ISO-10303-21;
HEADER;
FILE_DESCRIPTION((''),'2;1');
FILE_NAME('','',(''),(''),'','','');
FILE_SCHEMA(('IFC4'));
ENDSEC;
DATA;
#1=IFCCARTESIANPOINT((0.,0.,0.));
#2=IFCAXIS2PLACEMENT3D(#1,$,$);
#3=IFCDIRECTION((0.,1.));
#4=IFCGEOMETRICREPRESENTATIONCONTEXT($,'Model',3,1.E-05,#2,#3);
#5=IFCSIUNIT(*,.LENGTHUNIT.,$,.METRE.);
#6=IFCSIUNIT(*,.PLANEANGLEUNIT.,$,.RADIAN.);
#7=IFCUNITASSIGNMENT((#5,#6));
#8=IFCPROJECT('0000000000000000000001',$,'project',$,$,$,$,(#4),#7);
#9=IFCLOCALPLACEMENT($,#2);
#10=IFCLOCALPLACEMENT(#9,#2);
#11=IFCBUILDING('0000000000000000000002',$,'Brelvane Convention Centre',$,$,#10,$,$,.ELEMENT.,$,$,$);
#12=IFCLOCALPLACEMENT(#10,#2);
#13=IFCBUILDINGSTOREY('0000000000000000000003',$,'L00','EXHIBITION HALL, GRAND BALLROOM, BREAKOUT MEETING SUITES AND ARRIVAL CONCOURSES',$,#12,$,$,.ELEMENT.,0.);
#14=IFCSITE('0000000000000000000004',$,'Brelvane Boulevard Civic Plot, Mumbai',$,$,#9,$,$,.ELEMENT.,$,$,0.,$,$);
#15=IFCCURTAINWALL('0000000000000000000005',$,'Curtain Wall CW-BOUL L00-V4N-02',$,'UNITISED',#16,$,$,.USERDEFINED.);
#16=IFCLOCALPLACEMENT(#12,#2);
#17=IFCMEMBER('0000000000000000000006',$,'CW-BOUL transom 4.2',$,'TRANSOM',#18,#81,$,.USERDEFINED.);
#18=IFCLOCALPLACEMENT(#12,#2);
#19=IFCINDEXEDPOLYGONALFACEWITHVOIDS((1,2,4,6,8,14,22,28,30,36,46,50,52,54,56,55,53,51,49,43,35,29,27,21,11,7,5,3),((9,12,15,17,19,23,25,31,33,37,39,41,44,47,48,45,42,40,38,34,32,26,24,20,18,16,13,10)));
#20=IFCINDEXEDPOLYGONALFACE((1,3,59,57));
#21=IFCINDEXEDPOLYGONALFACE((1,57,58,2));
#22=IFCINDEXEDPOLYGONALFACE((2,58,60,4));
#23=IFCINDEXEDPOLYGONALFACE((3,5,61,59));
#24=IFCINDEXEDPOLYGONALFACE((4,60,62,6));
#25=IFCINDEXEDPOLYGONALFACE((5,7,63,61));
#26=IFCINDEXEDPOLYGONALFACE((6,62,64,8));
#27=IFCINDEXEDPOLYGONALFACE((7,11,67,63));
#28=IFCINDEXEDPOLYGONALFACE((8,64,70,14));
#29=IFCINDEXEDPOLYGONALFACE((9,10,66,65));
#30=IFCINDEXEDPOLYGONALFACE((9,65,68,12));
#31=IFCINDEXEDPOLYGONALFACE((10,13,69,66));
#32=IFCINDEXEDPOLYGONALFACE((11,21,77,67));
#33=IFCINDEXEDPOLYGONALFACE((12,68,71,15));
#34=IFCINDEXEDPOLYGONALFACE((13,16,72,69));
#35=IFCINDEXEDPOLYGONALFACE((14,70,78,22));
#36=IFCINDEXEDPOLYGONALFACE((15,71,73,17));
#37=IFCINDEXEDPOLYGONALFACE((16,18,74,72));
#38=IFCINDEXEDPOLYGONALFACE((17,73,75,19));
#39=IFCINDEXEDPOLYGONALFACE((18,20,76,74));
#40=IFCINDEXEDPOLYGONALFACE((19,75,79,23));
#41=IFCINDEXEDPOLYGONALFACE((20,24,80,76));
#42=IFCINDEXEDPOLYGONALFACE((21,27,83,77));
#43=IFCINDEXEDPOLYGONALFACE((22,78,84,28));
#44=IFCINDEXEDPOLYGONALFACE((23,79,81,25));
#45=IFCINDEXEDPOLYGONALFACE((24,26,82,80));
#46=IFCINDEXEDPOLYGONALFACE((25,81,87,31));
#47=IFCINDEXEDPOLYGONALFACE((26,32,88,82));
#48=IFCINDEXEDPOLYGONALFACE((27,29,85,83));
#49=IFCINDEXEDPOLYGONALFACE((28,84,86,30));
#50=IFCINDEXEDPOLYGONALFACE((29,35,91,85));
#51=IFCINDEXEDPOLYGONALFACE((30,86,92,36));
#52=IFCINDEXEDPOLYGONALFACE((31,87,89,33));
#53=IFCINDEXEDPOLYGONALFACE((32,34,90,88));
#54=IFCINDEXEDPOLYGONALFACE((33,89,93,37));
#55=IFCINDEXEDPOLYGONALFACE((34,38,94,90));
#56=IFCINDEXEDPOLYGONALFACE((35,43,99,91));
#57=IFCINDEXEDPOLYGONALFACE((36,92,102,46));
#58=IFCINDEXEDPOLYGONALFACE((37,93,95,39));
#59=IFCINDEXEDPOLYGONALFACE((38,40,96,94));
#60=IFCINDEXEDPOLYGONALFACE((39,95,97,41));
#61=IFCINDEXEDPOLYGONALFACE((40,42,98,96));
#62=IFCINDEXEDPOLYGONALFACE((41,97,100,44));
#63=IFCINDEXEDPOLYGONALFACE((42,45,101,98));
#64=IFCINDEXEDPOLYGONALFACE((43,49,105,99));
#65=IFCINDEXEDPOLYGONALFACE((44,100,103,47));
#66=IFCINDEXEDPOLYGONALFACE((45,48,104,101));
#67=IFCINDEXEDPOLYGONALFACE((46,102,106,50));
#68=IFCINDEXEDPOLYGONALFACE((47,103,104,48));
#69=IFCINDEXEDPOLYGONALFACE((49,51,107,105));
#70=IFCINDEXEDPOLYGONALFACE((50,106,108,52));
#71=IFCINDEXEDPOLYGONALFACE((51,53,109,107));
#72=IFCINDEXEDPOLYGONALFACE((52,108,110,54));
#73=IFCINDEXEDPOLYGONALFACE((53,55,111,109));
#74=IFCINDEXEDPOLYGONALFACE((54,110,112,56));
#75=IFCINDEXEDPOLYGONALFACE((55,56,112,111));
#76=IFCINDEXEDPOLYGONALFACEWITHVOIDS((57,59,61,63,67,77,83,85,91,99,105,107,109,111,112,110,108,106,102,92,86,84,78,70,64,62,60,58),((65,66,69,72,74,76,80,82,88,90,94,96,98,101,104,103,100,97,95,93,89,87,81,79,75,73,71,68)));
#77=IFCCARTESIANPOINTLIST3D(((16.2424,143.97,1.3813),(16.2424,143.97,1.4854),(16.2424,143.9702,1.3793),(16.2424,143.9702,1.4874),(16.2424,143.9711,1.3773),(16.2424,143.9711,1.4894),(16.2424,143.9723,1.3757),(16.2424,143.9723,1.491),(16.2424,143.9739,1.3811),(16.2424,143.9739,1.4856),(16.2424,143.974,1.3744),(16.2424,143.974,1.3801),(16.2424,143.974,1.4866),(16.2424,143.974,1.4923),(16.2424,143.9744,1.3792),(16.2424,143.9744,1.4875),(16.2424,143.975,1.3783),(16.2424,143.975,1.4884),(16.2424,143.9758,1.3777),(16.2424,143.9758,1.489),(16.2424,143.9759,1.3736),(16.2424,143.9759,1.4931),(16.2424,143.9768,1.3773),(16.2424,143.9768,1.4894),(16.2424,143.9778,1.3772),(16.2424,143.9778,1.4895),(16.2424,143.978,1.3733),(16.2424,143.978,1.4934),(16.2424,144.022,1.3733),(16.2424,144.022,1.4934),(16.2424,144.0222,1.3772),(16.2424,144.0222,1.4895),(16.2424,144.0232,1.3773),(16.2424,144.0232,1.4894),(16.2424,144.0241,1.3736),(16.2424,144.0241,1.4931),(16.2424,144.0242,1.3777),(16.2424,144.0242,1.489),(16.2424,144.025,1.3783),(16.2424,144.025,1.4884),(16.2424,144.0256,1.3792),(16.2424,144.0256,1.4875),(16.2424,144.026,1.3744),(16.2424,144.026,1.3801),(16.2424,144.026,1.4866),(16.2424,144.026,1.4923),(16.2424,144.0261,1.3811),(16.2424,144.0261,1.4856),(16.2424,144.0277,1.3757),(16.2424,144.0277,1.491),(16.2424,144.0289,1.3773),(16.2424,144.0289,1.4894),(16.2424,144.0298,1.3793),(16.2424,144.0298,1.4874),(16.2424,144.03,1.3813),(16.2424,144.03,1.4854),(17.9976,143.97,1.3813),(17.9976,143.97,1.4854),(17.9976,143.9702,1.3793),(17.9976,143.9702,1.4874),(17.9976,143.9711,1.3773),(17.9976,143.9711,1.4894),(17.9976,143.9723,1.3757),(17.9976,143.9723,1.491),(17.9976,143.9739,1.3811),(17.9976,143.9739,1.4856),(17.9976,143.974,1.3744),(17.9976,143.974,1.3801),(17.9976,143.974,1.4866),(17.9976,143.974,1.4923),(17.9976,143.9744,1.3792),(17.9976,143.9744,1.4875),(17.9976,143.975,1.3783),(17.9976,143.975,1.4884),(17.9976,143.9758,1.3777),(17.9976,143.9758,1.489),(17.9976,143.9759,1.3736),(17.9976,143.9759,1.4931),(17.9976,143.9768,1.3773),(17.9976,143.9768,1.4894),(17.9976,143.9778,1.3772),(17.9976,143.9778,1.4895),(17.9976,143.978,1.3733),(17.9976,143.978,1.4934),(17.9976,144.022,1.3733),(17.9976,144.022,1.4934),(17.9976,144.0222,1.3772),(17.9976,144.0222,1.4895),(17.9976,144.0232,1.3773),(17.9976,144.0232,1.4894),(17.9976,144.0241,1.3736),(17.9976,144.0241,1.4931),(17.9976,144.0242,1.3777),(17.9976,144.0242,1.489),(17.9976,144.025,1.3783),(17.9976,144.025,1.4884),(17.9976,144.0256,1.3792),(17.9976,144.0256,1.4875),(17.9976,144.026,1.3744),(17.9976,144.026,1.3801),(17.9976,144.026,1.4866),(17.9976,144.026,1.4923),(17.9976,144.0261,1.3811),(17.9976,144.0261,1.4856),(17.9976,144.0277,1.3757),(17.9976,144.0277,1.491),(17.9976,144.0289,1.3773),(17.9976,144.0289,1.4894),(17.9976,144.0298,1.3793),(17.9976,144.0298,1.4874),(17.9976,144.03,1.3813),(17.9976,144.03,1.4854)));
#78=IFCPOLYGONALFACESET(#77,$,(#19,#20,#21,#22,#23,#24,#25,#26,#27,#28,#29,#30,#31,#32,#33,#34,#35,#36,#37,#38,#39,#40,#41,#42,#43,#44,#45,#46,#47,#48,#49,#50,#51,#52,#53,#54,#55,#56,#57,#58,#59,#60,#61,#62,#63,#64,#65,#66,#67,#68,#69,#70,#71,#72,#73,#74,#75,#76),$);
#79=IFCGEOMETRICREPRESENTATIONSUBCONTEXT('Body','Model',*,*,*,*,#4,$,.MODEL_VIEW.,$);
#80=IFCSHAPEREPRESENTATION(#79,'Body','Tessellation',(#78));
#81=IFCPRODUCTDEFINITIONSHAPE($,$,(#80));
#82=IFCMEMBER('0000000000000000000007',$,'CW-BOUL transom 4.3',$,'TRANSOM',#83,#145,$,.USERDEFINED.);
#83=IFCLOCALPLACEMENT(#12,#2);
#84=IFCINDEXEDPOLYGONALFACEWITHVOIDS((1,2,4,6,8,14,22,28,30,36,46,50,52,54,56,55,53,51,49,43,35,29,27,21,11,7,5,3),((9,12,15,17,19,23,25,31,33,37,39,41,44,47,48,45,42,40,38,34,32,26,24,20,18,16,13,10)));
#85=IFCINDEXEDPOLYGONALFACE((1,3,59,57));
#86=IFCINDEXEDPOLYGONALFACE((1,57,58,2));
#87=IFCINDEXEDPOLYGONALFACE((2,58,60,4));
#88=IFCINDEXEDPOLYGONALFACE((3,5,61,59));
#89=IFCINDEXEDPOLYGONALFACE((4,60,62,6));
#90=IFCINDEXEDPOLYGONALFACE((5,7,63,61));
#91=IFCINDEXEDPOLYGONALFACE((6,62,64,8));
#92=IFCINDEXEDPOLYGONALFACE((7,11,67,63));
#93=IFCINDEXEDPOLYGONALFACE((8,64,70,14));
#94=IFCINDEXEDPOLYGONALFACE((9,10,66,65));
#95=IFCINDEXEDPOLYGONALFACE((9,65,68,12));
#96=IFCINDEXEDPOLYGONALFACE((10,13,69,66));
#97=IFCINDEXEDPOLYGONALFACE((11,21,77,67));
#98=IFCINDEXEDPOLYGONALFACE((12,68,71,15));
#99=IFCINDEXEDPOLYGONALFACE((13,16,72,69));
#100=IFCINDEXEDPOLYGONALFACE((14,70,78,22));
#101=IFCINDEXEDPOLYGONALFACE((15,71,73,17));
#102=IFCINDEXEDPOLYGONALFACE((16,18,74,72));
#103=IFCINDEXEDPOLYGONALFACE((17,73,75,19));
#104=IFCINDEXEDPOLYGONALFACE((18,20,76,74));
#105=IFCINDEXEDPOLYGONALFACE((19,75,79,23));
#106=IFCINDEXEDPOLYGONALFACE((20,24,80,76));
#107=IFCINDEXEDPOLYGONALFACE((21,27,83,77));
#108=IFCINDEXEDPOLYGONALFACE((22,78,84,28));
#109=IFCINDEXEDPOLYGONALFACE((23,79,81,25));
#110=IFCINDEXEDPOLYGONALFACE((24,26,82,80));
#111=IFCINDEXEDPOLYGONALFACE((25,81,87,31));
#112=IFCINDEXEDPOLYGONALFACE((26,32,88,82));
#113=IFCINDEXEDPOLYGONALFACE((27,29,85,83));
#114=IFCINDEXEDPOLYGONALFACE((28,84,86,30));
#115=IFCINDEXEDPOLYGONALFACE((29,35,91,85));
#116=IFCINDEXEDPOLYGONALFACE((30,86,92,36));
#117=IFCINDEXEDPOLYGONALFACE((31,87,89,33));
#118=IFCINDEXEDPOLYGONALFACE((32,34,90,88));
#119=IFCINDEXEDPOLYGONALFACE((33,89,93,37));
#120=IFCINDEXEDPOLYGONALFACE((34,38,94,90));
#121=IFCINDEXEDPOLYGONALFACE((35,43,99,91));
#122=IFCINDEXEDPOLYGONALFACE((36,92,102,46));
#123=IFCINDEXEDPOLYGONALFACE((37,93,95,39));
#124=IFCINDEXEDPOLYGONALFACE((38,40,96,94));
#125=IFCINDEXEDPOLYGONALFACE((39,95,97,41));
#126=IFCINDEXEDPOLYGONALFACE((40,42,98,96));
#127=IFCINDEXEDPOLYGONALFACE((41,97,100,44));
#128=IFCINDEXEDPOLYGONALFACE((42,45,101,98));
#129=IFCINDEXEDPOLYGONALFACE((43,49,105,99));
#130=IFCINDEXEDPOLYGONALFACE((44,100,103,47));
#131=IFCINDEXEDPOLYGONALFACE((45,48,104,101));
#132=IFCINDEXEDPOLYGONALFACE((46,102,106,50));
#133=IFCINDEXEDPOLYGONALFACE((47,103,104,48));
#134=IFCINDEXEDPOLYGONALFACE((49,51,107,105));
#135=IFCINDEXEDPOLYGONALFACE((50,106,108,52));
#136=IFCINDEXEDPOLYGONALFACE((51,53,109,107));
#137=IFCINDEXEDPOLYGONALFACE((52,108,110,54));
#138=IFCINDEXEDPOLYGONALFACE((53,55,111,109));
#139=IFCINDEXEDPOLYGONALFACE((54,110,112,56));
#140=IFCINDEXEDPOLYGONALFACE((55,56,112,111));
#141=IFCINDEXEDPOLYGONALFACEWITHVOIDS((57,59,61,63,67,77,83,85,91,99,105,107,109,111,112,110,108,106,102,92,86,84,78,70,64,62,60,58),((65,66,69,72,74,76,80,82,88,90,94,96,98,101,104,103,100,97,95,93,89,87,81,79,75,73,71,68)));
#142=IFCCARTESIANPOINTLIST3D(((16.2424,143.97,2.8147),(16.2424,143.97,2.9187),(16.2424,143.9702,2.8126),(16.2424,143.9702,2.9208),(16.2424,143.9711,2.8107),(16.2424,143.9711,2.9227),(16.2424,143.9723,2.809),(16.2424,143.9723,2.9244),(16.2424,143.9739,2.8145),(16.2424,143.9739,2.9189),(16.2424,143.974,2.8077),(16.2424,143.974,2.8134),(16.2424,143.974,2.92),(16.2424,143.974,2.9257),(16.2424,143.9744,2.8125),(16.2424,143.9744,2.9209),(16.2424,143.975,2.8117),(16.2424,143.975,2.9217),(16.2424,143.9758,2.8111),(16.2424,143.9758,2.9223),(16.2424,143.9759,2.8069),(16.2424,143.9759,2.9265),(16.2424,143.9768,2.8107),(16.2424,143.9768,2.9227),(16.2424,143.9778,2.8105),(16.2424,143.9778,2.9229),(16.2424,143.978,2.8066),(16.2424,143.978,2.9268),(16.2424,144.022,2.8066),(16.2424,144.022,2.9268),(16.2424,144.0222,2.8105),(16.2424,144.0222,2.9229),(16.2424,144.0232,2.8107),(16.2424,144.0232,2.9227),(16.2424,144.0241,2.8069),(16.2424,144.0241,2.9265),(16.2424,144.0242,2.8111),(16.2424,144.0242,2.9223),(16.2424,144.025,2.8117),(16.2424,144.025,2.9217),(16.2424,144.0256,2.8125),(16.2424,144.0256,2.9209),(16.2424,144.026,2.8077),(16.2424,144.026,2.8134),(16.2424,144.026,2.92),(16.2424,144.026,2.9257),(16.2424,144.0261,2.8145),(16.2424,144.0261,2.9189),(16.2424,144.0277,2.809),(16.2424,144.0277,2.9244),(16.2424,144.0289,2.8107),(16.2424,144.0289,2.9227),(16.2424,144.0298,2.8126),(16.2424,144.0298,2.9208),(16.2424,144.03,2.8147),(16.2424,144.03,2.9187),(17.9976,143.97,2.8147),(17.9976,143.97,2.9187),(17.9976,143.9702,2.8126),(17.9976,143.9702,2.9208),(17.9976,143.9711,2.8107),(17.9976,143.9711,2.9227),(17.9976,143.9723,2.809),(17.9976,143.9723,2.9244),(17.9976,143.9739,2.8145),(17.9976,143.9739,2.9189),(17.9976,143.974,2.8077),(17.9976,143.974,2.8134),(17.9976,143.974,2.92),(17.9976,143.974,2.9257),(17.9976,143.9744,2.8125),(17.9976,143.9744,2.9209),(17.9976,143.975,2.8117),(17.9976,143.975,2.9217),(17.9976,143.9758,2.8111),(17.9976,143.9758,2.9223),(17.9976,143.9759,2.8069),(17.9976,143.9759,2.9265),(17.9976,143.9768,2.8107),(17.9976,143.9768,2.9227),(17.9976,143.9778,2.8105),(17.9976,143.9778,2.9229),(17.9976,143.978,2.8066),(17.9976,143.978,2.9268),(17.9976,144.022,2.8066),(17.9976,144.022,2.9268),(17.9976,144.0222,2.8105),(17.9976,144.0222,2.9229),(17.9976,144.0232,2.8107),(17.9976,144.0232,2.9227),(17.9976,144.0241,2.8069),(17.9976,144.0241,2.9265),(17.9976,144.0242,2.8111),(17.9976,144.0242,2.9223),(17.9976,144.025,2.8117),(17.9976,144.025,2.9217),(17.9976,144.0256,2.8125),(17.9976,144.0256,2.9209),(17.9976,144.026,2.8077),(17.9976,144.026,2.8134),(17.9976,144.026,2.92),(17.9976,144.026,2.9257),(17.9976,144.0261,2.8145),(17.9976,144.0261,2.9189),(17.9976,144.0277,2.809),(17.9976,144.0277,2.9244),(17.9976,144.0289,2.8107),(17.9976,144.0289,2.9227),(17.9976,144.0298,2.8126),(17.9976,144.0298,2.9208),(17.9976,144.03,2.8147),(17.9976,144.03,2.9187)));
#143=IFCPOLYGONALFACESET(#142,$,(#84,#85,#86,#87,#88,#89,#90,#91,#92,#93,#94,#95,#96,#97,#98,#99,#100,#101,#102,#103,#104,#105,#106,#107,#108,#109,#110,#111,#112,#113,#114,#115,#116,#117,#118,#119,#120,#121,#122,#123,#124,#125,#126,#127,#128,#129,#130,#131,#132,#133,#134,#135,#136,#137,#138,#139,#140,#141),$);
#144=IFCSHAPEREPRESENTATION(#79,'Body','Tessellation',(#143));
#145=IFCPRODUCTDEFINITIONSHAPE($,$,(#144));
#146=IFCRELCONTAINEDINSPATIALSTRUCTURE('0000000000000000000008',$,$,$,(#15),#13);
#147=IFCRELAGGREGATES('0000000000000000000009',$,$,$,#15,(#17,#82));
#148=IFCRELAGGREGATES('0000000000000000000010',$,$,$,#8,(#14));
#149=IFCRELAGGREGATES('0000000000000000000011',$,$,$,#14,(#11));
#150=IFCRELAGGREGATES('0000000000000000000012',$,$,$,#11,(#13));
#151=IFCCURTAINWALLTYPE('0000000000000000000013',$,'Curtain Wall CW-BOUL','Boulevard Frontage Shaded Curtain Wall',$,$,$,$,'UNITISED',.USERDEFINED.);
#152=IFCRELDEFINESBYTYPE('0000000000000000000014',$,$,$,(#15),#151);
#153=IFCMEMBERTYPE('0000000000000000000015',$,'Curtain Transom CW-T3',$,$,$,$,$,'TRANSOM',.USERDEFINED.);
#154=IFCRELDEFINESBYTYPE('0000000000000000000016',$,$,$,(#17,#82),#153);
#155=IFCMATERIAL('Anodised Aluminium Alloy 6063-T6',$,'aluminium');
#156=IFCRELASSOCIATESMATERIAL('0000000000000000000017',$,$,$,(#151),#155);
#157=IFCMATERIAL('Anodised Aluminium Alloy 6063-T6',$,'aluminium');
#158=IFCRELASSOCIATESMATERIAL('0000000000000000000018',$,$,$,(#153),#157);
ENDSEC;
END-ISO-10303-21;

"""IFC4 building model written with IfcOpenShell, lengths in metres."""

from ifc_helpers import new_model, si_unit, direction, frame, origin, origin_2d, place, context, subcontext, project, spatial, hollow_rectangle, extrude, material, material_profile, profile_set, type_object, element, aggregate, save


model = new_model("IFC4")

# Units and contexts
model_context = context("Model", 3, precision=1e-05, world=origin(), true_north=direction((0.0, 1.0)))
body_context = subcontext(model_context, "Body", "Model", "MODEL_VIEW")
ifc_project = project(units=[si_unit("LENGTHUNIT", "METRE"), si_unit("PLANEANGLEUNIT", "RADIAN")], contexts=[model_context])

# Site, building, storey
site_placement = place(None, origin())
site = spatial("IfcSite", under=ifc_project, at=site_placement, Name="Brelvane Boulevard Civic Plot, Mumbai", CompositionType="ELEMENT", RefElevation=0.0)
building_placement = place(site_placement, origin())
building = spatial("IfcBuilding", under=site, at=building_placement, Name="Brelvane Convention Centre", CompositionType="ELEMENT")
storey_placement = place(building_placement, origin())
storey = spatial("IfcBuildingStorey", under=building, at=storey_placement, Name="L00", Description="EXHIBITION HALL, GRAND BALLROOM, BREAKOUT MEETING SUITES AND ARRIVAL CONCOURSES", CompositionType="ELEMENT", Elevation=0.0)

# Curtain wall, members
ifc_material_1 = material(Name="Anodised Aluminium Alloy 6063-T6", Category="aluminium")
curtain_wall_type = type_object("IfcCurtainWallType", Name="Curtain Wall CW-BOUL", Description="Boulevard Frontage Shaded Curtain Wall", ElementType="UNITISED", PredefinedType="USERDEFINED", material=ifc_material_1)
curtain_wall_placement = place(storey_placement, origin())
curtain_wall = element("IfcCurtainWall", 1, at=curtain_wall_placement, inside=storey, type_object=curtain_wall_type, Name="Curtain Wall CW-BOUL L00-V4N-02", ObjectType="UNITISED", PredefinedType="USERDEFINED")
ifc_material_2 = material(Name="Anodised Aluminium Alloy 6063-T6", Category="aluminium")
ifc_material_profile_1 = material_profile(ifc_material_2, hollow_rectangle(XDim=0.0601, YDim=0.1201, WallThickness=0.0039, InnerFilletRadius=0.0039, OuterFilletRadius=0.0081, at=origin_2d()), Name="ALU-T 120x60x4.0")
ifc_profile_set_1 = profile_set([ifc_material_profile_1], Name="Anodised Aluminium Alloy 6063-T6")
member_type_1 = type_object("IfcMemberType", Name="Curtain Transom CW-T3", ElementType="TRANSOM", PredefinedType="USERDEFINED", material=ifc_profile_set_1)
member_1_placement = place(storey_placement, frame((16.2424, 144.0, 1.4333), z_axis=(1.0, 0.0, 0.0), x_axis=(0.0, 1.0, 0.0)))
member_1 = element("IfcMember", 2, at=member_1_placement, type_object=member_type_1, Name="CW-BOUL transom 4.2", ObjectType="TRANSOM", PredefinedType="USERDEFINED", context=body_context, shape_type="SweptSolid", body=[
    extrude(hollow_rectangle(XDim=0.0601, YDim=0.1201, WallThickness=0.0039, InnerFilletRadius=0.0039, OuterFilletRadius=0.0081, at=origin_2d()), origin(), (0.0, 0.0, 1.0), 1.7551),
])
member_2_placement = place(storey_placement, frame((16.2424, 144.0, 2.8667), z_axis=(1.0, 0.0, 0.0), x_axis=(0.0, 1.0, 0.0)))
member_2 = element("IfcMember", 3, at=member_2_placement, type_object=member_type_1, Name="CW-BOUL transom 4.3", ObjectType="TRANSOM", PredefinedType="USERDEFINED", context=body_context, shape_type="SweptSolid", body=[
    extrude(hollow_rectangle(XDim=0.0601, YDim=0.1201, WallThickness=0.0039, InnerFilletRadius=0.0039, OuterFilletRadius=0.0081, at=origin_2d()), origin(), (0.0, 0.0, 1.0), 1.7551),
])
aggregate(curtain_wall, [member_1, member_2])

save(model, "model.ifc")
